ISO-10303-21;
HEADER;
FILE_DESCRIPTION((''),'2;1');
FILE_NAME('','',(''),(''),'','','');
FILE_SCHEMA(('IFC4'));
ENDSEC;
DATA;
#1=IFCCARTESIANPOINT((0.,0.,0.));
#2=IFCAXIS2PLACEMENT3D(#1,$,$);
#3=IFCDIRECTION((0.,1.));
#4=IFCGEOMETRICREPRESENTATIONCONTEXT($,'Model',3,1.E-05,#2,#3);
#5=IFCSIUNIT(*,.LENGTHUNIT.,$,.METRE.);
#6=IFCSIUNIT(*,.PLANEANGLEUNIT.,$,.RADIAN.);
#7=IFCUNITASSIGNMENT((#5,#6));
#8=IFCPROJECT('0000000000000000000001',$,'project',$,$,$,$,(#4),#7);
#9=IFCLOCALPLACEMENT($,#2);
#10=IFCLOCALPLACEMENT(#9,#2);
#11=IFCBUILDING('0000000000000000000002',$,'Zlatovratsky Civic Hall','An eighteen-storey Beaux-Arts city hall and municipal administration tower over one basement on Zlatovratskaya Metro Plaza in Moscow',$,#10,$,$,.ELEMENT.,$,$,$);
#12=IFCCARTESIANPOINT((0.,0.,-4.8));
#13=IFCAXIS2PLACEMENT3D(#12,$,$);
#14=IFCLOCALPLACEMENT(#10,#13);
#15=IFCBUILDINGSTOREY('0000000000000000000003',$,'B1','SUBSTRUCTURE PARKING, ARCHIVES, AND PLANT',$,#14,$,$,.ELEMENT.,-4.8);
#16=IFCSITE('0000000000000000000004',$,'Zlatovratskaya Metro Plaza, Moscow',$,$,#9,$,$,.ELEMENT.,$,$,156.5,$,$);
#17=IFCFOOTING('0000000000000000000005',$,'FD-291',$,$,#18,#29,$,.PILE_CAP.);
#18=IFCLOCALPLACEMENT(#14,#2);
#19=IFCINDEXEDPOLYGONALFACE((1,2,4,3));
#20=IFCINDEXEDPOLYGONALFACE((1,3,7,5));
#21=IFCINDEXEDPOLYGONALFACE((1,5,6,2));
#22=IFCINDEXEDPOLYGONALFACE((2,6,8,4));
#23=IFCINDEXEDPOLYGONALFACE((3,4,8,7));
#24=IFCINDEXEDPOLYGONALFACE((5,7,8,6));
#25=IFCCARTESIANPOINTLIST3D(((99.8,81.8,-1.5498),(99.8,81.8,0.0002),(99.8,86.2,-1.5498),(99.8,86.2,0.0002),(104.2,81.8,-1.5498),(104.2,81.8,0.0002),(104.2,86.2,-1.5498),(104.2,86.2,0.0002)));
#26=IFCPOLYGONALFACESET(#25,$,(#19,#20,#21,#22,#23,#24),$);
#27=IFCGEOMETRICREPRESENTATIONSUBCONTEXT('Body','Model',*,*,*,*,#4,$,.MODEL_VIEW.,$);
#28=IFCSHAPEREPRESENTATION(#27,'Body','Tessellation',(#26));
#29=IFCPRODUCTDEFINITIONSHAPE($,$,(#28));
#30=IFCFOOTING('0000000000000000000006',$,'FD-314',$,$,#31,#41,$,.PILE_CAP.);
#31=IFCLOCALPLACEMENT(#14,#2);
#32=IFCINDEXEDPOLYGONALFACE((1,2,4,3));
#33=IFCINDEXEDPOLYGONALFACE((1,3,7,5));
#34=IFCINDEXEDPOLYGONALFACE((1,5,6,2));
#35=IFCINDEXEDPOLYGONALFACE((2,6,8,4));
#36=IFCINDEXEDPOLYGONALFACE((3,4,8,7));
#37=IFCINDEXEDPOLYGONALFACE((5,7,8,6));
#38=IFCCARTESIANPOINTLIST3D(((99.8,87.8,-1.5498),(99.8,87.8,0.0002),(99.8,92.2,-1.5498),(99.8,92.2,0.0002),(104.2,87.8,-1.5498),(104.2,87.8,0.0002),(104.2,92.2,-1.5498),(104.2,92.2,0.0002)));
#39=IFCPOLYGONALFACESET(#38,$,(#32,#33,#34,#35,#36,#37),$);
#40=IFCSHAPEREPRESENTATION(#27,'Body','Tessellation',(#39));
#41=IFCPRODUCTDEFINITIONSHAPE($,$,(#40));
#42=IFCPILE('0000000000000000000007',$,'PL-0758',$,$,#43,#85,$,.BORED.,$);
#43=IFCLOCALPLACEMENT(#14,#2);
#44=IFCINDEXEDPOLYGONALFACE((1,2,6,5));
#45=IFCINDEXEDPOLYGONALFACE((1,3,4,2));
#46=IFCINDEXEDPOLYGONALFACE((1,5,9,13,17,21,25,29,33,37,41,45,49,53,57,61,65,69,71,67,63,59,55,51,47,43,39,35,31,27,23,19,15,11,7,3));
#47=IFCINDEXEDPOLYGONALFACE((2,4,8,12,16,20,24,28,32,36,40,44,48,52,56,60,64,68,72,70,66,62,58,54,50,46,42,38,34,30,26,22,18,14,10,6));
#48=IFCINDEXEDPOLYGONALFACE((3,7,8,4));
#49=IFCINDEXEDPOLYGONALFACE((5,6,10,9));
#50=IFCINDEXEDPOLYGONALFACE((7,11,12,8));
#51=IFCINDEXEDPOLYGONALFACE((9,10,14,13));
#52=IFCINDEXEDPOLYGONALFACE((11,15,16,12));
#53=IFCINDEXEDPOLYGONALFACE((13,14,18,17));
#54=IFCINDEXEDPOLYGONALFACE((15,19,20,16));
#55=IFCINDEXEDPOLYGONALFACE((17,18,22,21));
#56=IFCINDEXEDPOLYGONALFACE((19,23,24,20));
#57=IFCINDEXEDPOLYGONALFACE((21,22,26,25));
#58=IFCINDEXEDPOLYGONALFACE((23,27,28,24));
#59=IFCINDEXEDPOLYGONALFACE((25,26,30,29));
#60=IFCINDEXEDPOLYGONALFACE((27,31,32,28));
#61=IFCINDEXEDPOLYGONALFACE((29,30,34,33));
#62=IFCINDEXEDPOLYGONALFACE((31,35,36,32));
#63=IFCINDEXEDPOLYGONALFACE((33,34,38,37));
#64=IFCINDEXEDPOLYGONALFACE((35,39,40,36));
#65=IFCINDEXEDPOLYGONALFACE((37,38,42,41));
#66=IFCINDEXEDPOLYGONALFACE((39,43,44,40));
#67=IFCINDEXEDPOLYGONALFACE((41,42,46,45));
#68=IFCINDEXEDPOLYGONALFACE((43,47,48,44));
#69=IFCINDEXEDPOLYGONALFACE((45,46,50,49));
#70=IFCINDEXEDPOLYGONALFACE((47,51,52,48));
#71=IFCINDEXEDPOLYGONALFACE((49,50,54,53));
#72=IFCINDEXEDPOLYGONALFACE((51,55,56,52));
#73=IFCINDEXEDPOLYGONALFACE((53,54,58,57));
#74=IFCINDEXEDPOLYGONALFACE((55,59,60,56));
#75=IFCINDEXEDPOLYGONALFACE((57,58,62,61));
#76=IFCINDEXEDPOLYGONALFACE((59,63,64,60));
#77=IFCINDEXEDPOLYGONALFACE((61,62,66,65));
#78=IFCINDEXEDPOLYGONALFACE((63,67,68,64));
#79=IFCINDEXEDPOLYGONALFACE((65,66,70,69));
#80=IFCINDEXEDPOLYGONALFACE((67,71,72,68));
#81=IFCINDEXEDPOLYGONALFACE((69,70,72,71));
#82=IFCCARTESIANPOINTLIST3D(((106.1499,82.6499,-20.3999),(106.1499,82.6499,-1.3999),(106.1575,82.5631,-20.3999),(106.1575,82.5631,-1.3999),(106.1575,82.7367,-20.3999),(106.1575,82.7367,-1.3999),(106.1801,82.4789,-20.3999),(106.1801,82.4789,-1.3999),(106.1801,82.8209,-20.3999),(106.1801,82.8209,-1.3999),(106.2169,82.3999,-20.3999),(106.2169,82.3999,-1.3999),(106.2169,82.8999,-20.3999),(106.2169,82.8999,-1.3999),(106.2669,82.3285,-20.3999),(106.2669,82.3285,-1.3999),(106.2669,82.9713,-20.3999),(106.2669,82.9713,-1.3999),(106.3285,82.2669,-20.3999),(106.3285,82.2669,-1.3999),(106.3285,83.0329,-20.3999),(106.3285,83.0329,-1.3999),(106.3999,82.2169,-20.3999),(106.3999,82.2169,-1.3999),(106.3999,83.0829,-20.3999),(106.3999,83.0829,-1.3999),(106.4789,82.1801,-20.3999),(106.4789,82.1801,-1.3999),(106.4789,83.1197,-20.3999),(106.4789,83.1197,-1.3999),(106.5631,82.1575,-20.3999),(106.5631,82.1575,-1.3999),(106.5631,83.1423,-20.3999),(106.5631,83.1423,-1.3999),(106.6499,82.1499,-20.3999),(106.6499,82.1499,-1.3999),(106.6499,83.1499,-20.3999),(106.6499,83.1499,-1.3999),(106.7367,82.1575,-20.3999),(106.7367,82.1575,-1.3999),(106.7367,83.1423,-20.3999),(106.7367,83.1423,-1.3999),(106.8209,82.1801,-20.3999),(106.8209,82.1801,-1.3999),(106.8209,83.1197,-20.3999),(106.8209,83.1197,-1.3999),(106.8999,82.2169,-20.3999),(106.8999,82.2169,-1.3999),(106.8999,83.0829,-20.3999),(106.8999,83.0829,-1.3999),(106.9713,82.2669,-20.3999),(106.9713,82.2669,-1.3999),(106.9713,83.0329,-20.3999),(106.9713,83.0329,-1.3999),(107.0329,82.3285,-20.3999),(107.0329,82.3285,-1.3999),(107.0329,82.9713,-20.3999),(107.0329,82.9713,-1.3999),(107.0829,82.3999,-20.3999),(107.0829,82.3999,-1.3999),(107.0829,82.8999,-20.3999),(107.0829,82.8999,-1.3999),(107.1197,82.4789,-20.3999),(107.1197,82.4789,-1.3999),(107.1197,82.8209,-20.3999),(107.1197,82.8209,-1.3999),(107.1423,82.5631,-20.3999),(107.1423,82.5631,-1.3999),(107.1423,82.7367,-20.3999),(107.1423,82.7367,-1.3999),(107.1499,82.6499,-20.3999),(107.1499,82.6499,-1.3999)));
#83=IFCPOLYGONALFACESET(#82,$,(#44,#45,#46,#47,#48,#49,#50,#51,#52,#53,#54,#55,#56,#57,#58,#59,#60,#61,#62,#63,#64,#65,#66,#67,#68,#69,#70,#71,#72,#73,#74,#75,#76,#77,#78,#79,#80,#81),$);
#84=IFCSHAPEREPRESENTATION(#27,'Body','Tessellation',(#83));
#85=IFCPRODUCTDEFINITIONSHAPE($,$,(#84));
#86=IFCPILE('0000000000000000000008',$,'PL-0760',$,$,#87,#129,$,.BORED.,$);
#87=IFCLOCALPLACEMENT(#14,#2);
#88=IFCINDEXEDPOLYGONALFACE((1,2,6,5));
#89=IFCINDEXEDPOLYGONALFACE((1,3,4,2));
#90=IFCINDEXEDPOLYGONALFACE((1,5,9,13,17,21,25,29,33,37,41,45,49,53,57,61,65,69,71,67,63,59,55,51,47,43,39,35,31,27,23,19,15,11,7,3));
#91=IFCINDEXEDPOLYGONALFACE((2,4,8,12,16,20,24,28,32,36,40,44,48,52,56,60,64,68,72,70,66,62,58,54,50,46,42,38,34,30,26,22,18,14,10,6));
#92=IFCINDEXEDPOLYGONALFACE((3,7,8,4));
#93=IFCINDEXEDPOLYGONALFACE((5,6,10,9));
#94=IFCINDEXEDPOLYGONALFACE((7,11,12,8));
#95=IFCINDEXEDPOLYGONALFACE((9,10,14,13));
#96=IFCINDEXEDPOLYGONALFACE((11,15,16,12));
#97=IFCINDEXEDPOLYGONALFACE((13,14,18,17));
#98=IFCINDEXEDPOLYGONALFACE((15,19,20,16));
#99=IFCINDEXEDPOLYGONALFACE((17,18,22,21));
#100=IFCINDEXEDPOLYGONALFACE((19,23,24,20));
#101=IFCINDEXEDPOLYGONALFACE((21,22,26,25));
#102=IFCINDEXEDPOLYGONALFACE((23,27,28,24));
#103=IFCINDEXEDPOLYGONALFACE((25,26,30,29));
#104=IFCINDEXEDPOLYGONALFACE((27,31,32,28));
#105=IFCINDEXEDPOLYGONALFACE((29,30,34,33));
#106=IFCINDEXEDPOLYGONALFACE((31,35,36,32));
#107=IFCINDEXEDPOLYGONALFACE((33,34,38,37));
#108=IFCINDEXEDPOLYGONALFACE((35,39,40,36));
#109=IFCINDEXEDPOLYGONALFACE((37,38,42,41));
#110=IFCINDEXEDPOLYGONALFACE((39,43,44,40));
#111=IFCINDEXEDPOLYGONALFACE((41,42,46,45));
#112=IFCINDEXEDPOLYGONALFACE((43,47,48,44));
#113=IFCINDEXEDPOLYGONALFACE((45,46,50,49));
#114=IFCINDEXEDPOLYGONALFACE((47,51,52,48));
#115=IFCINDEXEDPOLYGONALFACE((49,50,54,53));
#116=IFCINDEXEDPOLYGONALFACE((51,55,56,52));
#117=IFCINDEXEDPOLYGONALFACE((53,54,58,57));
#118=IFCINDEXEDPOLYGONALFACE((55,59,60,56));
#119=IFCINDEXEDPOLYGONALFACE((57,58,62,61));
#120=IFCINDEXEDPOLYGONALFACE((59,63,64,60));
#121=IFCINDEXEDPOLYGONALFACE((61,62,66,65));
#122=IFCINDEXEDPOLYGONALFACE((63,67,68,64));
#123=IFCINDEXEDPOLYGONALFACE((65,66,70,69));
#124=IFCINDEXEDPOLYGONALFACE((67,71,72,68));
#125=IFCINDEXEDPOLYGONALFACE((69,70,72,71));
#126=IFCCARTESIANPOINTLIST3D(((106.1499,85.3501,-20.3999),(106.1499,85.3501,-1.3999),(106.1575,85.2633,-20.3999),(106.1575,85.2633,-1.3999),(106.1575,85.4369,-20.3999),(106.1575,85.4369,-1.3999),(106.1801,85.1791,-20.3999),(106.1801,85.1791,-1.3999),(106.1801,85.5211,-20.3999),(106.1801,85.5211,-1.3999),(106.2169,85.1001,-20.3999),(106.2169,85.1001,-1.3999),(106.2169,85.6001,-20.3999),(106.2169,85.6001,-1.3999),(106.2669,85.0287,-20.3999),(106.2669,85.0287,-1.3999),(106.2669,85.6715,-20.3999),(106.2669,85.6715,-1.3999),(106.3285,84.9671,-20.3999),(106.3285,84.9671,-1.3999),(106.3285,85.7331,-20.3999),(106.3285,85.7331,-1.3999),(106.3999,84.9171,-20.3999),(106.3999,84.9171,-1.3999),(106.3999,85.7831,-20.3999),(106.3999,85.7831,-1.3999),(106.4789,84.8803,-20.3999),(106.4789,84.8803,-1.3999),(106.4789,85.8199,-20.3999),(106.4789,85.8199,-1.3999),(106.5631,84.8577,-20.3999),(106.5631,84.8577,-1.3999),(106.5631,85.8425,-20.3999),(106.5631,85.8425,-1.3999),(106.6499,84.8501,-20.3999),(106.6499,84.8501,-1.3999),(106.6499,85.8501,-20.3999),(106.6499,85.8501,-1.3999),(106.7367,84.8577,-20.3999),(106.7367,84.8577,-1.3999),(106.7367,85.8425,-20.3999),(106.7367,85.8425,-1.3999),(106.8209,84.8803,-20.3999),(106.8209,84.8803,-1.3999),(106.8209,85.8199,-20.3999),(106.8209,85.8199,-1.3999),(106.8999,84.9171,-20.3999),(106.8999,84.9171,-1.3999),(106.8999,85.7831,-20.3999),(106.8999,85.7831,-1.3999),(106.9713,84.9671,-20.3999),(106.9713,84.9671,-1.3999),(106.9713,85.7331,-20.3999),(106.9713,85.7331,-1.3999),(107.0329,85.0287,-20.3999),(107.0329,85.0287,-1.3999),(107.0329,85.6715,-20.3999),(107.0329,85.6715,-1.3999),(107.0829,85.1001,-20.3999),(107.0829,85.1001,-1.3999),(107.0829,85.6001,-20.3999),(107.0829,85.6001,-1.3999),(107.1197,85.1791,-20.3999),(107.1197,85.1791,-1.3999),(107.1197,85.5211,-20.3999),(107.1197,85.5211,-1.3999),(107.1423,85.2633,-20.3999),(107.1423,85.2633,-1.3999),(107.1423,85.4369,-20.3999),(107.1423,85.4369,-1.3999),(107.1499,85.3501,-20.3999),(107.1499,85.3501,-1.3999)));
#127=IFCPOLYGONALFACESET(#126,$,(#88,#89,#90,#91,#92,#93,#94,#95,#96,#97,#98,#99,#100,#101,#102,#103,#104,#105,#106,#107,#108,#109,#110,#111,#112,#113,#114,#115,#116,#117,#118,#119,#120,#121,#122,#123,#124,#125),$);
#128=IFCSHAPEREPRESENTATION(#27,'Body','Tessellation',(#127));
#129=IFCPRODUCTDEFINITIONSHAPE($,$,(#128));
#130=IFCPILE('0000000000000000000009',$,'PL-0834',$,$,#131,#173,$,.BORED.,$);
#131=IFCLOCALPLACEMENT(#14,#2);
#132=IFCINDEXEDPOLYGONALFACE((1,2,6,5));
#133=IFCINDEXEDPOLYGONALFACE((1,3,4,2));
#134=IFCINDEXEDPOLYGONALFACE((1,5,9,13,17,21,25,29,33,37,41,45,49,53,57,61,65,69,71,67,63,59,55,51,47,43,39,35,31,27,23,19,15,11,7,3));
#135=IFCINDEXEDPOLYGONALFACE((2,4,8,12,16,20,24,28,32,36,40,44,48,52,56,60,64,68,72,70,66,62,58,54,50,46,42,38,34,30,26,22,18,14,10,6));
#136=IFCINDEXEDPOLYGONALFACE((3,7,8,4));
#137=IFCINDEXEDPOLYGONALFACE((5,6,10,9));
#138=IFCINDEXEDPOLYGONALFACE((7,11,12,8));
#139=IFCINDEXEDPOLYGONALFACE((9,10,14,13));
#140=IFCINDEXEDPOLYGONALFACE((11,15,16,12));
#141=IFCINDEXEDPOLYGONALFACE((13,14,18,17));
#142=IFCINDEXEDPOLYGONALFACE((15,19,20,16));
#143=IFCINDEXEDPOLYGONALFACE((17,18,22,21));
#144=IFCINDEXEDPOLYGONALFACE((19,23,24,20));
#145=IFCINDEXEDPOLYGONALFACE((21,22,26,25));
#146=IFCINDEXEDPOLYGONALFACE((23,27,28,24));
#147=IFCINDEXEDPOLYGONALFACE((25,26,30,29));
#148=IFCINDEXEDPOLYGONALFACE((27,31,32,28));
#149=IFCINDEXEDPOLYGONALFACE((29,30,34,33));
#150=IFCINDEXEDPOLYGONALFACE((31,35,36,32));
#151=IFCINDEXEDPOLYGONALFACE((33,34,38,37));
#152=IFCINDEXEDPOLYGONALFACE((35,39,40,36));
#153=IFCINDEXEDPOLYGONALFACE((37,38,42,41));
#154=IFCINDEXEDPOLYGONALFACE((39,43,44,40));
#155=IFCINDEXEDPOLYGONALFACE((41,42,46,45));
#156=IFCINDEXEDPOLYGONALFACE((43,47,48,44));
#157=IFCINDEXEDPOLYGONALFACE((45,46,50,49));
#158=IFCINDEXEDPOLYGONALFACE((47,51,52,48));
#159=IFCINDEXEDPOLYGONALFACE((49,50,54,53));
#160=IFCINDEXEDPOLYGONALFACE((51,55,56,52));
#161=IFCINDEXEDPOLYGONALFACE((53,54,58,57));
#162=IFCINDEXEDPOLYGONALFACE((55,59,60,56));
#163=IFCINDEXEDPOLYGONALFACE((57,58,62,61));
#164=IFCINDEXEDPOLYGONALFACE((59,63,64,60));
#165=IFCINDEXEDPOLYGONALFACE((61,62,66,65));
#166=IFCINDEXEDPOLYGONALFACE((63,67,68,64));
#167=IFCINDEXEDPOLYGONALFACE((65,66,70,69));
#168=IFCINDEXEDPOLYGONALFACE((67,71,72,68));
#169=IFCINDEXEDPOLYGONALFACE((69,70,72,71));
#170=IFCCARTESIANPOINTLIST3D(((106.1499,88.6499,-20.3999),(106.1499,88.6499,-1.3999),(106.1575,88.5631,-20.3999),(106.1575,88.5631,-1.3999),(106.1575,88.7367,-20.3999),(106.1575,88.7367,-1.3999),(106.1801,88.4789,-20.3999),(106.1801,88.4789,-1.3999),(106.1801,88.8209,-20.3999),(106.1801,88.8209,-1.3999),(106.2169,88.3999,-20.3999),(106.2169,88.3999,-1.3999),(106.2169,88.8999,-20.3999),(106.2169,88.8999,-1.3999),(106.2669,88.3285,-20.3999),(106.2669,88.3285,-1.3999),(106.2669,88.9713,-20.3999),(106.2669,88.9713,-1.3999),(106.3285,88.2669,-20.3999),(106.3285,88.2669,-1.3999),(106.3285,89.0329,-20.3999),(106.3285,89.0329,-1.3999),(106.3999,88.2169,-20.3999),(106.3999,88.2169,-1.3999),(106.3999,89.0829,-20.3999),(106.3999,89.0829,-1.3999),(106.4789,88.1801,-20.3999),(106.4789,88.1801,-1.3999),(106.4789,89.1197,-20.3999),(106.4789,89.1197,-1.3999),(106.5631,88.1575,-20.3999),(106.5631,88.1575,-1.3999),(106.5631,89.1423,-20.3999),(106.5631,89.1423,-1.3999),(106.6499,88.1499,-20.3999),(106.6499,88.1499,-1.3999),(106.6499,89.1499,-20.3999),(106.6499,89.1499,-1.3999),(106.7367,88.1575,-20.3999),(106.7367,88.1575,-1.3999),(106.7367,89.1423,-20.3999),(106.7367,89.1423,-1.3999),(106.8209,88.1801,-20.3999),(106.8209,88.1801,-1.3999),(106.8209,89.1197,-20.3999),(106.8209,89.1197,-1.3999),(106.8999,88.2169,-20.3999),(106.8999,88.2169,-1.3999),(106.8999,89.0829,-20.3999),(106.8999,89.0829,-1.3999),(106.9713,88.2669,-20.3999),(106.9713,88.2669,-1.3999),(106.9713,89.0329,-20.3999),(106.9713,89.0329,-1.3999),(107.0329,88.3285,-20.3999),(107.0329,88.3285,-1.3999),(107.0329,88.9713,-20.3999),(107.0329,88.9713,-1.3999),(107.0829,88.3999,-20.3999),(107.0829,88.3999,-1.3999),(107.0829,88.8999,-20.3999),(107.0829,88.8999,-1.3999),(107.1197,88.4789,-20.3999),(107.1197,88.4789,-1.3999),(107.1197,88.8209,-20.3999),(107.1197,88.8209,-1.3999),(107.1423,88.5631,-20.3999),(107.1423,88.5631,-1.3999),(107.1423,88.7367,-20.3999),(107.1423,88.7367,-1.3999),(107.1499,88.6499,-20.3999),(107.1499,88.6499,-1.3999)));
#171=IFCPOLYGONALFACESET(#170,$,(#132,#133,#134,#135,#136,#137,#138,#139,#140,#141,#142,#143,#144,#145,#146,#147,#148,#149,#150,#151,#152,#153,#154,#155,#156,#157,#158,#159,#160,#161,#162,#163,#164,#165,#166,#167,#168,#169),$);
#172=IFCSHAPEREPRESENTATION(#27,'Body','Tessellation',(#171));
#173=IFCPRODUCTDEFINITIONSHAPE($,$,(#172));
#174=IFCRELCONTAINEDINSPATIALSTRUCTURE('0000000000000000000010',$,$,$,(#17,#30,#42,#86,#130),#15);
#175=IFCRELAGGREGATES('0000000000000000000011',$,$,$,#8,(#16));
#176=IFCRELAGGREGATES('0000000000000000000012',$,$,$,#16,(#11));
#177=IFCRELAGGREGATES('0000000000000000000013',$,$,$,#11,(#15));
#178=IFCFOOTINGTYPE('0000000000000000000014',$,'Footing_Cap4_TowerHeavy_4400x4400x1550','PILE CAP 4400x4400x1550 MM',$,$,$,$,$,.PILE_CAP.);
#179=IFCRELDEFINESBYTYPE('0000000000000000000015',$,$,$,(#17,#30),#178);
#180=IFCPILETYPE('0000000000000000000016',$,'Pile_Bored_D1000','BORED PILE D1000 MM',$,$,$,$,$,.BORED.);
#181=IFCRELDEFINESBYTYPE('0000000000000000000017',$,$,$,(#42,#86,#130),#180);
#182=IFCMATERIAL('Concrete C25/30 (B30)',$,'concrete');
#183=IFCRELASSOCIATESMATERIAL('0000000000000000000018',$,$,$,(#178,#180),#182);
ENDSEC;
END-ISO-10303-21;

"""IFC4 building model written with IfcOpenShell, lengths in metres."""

from ifc_helpers import new_model, si_unit, direction, frame, origin, origin_2d, place, context, subcontext, project, spatial, rectangle, circle, extrude, material, material_profile, profile_set, type_object, element, save


model = new_model("IFC4")

# Units and contexts
model_context = context("Model", 3, precision=1e-05, world=origin(), true_north=direction((0.0, 1.0)))
body_context = subcontext(model_context, "Body", "Model", "MODEL_VIEW")
ifc_project = project(units=[si_unit("LENGTHUNIT", "METRE"), si_unit("PLANEANGLEUNIT", "RADIAN")], contexts=[model_context])

# Site, building, storey
site_placement = place(None, origin())
site = spatial("IfcSite", under=ifc_project, at=site_placement, Name="Zlatovratskaya Metro Plaza, Moscow", CompositionType="ELEMENT", RefElevation=156.5)
building_placement = place(site_placement, origin())
building = spatial("IfcBuilding", under=site, at=building_placement, Name="Zlatovratsky Civic Hall", Description="An eighteen-storey Beaux-Arts city hall and municipal administration tower over one basement on Zlatovratskaya Metro Plaza in Moscow", CompositionType="ELEMENT")
storey_placement = place(building_placement, frame((0.0, 0.0, -4.8)))
storey = spatial("IfcBuildingStorey", under=building, at=storey_placement, Name="B1", Description="SUBSTRUCTURE PARKING, ARCHIVES, AND PLANT", CompositionType="ELEMENT", Elevation=-4.8)

# Footings
ifc_material_1 = material(Name="Concrete C25/30 (B30)", Category="concrete")
footing_type = type_object("IfcFootingType", Name="Footing_Cap4_TowerHeavy_4400x4400x1550", Description="PILE CAP 4400x4400x1550 MM", PredefinedType="PILE_CAP", material=ifc_material_1)
for number, where, z_axis, x_axis, name in (
    (1, (102.0, 84.0, -1.5498), (0.0, 0.0, 1.0), (1.0, 0.0, 0.0), "FD-291"),
    (2, (102.0, 90.0, -1.5498), (0.0, 0.0, 1.0), (1.0, 0.0, 0.0), "FD-314"),
):
    element("IfcFooting", number, at=place(storey_placement, frame(where, z_axis=z_axis, x_axis=x_axis)), inside=storey, type_object=footing_type, Name=name, PredefinedType="PILE_CAP", context=body_context, shape_type="SweptSolid", body=[
        extrude(rectangle(XDim=4.3999, YDim=4.3999, at=origin_2d()), origin(), (0.0, 0.0, 1.0), 1.55),
    ])

# Piles
ifc_material_profile_1 = material_profile(ifc_material_1, circle(Radius=0.5, at=origin_2d()), Name="PILE D1000")
ifc_profile_set_1 = profile_set([ifc_material_profile_1], Name="Concrete C25/30 (B30)")
pile_type_1 = type_object("IfcPileType", Name="Pile_Bored_D1000", Description="BORED PILE D1000 MM", PredefinedType="BORED", material=ifc_profile_set_1)
for number, where, z_axis, x_axis, name in (
    (3, (106.6499, 82.6499, -1.3999), (0.0, 0.0, -1.0), (1.0, 0.0, 0.0), "PL-0758"),
    (4, (106.6499, 85.3501, -1.3999), (0.0, 0.0, -1.0), (1.0, 0.0, 0.0), "PL-0760"),
    (5, (106.6499, 88.6499, -1.3999), (0.0, 0.0, -1.0), (1.0, 0.0, 0.0), "PL-0834"),
):
    element("IfcPile", number, at=place(storey_placement, frame(where, z_axis=z_axis, x_axis=x_axis)), inside=storey, type_object=pile_type_1, Name=name, PredefinedType="BORED", context=body_context, shape_type="SweptSolid", body=[
        extrude(circle(Radius=0.5, at=origin_2d()), origin(), (0.0, 0.0, 1.0), 19.0),
    ])

save(model, "model.ifc")
